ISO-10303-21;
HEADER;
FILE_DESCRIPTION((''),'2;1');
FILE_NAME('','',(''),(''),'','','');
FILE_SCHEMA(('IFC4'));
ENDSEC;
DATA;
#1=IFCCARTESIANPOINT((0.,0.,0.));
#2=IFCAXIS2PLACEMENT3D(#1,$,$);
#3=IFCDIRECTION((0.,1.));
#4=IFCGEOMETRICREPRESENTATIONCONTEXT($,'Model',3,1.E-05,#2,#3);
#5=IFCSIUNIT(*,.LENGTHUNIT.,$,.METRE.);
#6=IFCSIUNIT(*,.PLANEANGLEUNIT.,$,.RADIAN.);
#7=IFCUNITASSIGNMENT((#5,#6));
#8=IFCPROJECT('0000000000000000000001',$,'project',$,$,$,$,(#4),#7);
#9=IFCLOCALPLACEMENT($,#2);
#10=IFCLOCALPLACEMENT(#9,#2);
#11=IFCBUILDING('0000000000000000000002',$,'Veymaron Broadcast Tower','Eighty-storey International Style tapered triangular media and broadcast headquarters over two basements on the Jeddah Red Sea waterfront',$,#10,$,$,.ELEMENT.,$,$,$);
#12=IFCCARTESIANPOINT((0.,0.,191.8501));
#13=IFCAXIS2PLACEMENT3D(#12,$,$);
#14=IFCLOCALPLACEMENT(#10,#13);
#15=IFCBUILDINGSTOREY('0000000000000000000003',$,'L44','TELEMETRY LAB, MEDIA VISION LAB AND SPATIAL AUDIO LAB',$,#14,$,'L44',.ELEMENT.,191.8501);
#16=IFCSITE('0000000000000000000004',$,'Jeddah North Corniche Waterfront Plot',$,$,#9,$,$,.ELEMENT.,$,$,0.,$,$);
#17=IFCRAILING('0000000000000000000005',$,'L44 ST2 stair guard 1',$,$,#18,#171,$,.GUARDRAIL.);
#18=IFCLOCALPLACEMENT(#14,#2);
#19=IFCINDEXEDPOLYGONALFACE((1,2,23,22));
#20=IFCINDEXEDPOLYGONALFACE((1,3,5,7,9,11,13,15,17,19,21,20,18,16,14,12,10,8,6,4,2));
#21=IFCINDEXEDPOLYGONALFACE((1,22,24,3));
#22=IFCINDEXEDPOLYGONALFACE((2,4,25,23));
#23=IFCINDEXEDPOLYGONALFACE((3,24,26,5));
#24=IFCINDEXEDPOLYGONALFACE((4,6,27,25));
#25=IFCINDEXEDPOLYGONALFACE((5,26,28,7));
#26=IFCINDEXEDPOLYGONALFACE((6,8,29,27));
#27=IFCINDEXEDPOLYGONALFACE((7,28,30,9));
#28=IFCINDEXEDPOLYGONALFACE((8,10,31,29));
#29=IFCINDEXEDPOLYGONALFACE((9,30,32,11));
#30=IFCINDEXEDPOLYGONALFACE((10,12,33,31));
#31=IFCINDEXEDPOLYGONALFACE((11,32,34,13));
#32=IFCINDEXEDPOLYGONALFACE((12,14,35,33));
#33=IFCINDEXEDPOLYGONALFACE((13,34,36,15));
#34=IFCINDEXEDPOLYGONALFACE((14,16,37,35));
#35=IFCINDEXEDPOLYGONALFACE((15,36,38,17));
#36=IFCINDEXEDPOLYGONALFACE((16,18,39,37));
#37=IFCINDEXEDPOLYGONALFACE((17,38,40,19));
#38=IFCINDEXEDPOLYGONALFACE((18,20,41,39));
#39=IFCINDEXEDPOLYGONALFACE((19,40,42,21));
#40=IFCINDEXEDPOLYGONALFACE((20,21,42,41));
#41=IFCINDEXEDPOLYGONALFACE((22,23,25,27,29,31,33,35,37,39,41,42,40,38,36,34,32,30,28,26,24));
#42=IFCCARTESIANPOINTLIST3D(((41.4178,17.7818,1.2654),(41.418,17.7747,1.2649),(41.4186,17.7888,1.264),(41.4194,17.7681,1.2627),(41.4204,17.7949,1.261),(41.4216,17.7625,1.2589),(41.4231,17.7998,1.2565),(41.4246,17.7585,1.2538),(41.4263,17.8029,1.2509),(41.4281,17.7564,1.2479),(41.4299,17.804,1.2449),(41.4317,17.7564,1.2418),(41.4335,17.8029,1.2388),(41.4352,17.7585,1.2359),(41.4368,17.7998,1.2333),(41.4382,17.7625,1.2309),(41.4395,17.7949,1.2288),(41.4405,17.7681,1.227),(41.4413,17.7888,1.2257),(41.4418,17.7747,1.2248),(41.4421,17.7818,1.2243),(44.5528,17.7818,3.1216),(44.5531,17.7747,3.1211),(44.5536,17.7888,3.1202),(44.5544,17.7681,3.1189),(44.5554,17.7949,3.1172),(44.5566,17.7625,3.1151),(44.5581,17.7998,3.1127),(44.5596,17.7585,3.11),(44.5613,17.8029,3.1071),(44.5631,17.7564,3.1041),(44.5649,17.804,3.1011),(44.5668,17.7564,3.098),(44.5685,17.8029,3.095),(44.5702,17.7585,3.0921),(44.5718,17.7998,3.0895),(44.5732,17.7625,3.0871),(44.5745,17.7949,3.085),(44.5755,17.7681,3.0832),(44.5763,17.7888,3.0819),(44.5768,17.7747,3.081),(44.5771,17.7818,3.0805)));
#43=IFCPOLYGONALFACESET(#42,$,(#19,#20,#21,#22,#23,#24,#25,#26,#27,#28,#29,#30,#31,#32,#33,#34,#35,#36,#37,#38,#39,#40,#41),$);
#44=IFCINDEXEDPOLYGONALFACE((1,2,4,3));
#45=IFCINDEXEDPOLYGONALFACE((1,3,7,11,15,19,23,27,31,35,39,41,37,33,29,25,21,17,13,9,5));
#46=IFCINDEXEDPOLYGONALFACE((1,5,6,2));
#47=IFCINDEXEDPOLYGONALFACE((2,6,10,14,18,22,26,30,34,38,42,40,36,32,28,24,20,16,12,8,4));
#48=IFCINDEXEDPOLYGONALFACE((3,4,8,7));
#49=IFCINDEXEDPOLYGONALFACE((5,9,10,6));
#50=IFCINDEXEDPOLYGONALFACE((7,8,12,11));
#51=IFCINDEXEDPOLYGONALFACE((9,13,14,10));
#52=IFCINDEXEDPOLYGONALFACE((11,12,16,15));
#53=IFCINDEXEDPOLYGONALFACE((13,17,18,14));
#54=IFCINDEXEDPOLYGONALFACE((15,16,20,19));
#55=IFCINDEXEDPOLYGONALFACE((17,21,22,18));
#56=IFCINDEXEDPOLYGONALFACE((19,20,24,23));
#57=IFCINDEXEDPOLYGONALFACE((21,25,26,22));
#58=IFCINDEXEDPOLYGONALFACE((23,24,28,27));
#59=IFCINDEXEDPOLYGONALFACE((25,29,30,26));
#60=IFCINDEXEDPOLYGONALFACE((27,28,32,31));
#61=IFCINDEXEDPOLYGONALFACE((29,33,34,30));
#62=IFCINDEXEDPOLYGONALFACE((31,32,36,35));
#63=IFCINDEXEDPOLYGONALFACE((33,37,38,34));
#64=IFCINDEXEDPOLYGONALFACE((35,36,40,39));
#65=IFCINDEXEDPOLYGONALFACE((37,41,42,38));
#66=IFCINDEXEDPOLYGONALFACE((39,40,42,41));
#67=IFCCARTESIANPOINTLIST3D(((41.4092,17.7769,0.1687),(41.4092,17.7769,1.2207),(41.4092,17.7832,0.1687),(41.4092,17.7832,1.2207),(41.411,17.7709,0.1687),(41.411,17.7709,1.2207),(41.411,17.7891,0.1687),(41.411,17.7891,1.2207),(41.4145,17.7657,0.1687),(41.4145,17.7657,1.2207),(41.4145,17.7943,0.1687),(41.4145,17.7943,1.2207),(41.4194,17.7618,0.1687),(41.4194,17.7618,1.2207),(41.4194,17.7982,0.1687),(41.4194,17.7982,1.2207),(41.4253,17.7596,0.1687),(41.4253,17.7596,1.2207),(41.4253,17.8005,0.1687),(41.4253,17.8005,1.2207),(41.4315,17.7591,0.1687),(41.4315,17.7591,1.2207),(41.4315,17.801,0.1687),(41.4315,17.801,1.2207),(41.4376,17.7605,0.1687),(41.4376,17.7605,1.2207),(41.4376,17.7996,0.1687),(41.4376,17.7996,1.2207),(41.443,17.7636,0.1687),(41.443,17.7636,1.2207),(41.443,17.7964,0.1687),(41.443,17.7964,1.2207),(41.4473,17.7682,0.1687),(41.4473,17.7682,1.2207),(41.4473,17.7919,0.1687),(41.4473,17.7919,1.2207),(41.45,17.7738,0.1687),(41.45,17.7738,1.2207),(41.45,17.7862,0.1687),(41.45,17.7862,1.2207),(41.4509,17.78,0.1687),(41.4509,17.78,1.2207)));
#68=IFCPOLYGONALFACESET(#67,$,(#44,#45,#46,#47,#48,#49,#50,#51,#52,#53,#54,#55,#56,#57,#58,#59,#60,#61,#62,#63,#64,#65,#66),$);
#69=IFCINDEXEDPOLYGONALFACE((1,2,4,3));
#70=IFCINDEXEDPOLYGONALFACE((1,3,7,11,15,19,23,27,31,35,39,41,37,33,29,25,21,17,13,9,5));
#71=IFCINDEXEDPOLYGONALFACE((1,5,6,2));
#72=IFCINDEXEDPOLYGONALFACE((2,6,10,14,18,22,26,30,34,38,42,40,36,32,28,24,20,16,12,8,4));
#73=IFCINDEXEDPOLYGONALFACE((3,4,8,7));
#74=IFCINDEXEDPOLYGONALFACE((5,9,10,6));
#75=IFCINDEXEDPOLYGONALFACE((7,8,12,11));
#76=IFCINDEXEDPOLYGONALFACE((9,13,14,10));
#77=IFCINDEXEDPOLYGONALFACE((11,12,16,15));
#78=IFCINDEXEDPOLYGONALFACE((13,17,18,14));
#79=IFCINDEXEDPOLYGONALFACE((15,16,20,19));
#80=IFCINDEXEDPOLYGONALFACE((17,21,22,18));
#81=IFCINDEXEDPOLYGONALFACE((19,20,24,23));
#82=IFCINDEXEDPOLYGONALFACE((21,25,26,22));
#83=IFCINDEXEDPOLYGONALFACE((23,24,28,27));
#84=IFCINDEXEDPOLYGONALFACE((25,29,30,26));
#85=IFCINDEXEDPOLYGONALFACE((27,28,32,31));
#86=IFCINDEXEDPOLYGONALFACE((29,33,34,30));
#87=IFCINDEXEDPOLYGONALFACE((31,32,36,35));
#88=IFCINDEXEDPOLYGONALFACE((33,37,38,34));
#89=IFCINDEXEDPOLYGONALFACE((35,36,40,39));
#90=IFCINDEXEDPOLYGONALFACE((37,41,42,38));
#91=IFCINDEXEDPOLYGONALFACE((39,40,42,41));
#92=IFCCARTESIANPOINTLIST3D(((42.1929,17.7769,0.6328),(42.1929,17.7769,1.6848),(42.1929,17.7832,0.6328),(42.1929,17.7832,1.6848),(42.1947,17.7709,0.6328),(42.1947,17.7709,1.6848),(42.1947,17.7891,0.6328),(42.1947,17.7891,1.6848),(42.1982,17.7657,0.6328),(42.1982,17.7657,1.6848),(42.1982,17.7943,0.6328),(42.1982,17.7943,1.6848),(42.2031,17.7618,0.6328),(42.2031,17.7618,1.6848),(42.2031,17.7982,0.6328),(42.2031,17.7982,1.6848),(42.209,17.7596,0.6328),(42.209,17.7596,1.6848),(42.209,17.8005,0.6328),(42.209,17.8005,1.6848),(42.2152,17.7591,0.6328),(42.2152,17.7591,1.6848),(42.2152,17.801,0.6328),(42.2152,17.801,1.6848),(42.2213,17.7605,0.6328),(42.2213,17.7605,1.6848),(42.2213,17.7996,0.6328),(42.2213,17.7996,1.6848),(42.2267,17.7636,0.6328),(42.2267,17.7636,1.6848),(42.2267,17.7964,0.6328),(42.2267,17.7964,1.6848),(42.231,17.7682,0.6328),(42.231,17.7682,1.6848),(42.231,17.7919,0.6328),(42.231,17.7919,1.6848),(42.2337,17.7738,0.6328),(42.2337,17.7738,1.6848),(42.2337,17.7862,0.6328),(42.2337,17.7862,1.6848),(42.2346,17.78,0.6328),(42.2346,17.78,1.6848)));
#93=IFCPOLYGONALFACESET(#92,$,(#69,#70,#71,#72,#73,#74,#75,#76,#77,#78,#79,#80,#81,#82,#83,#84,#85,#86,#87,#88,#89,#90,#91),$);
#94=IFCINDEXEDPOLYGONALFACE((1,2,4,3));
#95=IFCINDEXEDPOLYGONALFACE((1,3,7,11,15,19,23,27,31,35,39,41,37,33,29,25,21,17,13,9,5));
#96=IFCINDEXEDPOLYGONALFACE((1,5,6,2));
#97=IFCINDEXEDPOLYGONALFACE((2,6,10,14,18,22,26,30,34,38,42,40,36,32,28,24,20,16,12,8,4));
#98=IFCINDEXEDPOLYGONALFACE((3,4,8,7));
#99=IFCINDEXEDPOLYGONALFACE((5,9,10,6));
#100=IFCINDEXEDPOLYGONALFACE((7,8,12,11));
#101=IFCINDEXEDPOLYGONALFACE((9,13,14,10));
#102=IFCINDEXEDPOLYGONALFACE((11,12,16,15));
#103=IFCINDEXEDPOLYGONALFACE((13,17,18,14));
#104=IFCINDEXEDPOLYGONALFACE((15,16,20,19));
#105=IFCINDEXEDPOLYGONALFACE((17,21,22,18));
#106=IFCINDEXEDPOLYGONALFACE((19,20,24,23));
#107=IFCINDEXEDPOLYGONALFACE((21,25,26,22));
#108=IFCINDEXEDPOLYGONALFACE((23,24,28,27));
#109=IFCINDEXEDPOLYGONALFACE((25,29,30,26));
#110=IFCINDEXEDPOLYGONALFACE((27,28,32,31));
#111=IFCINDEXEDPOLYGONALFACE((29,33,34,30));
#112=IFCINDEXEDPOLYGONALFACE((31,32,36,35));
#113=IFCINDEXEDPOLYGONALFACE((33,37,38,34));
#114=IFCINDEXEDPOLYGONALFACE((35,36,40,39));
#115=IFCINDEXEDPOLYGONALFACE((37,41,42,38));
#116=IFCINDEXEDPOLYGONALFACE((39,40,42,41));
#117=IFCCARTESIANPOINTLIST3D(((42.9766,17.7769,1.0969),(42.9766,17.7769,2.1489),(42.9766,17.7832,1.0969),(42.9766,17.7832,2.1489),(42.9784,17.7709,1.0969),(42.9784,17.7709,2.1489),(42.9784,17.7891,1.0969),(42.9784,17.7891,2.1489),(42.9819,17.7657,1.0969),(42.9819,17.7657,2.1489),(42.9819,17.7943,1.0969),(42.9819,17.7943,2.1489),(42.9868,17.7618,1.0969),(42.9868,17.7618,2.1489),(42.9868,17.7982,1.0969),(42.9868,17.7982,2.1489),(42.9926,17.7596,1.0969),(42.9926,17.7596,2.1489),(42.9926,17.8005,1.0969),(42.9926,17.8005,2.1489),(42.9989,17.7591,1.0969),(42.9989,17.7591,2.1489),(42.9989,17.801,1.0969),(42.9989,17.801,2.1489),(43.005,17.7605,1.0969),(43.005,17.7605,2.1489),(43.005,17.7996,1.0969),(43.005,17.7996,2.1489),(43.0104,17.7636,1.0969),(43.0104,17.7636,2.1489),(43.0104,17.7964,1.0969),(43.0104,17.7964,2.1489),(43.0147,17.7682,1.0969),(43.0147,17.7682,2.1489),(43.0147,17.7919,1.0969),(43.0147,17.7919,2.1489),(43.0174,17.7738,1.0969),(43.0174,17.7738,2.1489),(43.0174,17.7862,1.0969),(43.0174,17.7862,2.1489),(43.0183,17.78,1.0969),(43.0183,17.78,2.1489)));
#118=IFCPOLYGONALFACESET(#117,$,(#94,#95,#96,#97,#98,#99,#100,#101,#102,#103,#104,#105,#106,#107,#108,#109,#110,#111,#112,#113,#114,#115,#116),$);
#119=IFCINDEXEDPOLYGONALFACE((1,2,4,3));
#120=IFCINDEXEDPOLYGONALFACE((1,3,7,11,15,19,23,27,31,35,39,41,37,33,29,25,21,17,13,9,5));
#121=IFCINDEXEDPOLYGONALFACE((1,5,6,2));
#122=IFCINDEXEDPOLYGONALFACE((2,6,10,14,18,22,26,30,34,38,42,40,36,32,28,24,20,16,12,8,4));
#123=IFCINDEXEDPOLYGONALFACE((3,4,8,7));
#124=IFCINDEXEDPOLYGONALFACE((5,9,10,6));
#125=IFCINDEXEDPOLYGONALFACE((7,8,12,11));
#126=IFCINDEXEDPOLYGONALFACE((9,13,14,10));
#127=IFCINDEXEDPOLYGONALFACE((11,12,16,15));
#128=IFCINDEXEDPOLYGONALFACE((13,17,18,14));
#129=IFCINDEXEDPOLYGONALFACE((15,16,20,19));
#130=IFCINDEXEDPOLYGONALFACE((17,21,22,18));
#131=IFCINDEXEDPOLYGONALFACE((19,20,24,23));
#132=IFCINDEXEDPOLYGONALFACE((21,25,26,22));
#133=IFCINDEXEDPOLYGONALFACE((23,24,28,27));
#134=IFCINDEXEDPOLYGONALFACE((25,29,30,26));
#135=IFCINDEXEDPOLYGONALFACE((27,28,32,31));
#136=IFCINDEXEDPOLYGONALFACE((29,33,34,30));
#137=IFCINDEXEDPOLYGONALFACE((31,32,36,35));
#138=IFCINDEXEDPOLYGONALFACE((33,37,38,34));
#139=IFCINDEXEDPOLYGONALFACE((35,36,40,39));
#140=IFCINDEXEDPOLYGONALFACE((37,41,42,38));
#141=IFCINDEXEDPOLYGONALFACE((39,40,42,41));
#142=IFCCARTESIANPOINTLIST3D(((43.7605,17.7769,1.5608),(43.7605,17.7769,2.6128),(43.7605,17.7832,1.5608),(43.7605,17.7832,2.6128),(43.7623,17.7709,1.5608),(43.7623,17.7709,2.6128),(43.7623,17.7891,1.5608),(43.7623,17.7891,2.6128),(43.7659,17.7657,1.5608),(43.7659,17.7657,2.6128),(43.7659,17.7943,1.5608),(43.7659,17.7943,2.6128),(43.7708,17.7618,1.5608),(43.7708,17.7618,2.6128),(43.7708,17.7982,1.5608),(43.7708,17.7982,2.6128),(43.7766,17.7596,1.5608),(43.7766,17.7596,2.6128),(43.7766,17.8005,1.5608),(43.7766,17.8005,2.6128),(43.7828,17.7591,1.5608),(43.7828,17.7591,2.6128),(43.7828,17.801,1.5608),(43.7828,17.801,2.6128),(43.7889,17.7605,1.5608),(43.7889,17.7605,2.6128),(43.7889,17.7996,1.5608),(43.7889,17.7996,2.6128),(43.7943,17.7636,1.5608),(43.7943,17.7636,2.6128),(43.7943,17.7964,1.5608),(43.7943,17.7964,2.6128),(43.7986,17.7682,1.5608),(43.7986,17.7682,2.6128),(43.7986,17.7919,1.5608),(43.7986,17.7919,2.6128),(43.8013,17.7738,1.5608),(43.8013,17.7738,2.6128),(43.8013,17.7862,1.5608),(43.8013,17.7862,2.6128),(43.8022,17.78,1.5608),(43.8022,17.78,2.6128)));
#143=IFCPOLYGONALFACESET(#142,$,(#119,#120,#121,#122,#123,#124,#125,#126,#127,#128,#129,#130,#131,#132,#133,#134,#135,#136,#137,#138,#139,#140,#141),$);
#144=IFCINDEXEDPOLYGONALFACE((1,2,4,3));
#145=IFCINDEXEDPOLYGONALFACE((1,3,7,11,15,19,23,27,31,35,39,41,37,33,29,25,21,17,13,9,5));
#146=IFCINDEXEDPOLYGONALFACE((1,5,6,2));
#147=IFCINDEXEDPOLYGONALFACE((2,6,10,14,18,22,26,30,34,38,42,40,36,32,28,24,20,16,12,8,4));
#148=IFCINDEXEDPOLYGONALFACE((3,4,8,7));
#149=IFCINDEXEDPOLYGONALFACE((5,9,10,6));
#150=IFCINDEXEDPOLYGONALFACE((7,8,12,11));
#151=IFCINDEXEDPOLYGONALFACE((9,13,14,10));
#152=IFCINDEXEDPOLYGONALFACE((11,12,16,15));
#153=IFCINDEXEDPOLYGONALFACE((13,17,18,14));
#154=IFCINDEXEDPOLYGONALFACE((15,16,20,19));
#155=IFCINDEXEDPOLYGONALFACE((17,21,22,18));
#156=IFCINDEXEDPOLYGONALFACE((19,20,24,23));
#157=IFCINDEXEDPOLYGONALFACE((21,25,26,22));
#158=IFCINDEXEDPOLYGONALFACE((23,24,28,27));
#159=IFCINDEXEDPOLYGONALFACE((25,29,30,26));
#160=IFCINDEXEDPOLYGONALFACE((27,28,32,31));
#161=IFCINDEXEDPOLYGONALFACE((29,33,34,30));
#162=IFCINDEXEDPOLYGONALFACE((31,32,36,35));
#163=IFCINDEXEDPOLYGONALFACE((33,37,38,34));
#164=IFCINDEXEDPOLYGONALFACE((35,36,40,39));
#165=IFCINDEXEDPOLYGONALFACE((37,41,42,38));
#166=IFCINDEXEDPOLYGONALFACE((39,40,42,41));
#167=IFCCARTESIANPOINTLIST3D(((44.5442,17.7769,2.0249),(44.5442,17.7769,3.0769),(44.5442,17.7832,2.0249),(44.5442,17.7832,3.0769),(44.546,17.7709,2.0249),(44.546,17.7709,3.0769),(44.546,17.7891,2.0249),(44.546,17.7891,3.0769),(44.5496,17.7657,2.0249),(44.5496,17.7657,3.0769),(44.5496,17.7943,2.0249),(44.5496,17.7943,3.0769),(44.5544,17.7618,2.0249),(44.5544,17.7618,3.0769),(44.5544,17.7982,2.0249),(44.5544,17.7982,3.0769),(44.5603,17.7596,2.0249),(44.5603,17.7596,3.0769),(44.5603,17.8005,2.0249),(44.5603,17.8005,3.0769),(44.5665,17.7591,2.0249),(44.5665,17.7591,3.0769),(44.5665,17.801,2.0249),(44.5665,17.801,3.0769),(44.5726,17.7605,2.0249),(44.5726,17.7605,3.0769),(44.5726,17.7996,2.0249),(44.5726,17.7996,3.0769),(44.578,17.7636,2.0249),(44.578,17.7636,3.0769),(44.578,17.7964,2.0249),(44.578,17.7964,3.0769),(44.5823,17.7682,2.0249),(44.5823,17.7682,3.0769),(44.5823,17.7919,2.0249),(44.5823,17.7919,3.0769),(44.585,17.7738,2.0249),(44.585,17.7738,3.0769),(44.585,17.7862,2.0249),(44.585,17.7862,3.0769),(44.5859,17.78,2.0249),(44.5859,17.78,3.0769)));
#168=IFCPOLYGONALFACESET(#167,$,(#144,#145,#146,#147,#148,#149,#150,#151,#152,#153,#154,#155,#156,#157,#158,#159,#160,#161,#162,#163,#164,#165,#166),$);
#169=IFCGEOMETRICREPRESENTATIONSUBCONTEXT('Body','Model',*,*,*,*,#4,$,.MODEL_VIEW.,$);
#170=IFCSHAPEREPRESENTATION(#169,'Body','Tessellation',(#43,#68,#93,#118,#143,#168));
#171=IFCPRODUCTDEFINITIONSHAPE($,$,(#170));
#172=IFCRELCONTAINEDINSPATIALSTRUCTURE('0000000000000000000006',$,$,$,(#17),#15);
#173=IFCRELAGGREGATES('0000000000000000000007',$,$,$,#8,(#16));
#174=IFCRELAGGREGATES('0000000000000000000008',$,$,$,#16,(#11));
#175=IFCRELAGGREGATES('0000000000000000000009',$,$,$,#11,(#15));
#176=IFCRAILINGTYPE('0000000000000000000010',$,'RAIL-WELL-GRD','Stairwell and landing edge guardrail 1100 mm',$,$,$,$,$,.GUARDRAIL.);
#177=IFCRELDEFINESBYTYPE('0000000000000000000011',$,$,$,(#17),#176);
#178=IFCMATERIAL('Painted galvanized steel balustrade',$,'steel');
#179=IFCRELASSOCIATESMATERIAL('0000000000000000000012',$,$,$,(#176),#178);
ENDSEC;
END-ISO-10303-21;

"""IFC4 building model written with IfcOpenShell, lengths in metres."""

from ifc_helpers import new_model, si_unit, direction, frame, origin, origin_2d, place, context, subcontext, project, spatial, circle, extrude, material, type_object, element, save


model = new_model("IFC4")

# Units and contexts
model_context = context("Model", 3, precision=1e-05, world=origin(), true_north=direction((0.0, 1.0)))
body_context = subcontext(model_context, "Body", "Model", "MODEL_VIEW")
ifc_project = project(units=[si_unit("LENGTHUNIT", "METRE"), si_unit("PLANEANGLEUNIT", "RADIAN")], contexts=[model_context])

# Site, building, storey
site_placement = place(None, origin())
site = spatial("IfcSite", under=ifc_project, at=site_placement, Name="Jeddah North Corniche Waterfront Plot", CompositionType="ELEMENT", RefElevation=0.0)
building_placement = place(site_placement, origin())
building = spatial("IfcBuilding", under=site, at=building_placement, Name="Veymaron Broadcast Tower", Description="Eighty-storey International Style tapered triangular media and broadcast headquarters over two basements on the Jeddah Red Sea waterfront", CompositionType="ELEMENT")
storey_placement = place(building_placement, frame((0.0, 0.0, 191.8501)))
storey = spatial("IfcBuildingStorey", under=building, at=storey_placement, Name="L44", Description="TELEMETRY LAB, MEDIA VISION LAB AND SPATIAL AUDIO LAB", LongName="L44", CompositionType="ELEMENT", Elevation=191.8501)

# Railing
ifc_material_1 = material(Name="Painted galvanized steel balustrade", Category="steel")
railing_type_1 = type_object("IfcRailingType", Name="RAIL-WELL-GRD", Description="Stairwell and landing edge guardrail 1100 mm", PredefinedType="GUARDRAIL", material=ifc_material_1)
railing_1_placement = place(storey_placement, frame((41.4299, 17.78, 0.1687)))
element("IfcRailing", 1, at=railing_1_placement, inside=storey, type_object=railing_type_1, Name="L44 ST2 stair guard 1", PredefinedType="GUARDRAIL", context=body_context, shape_type="SweptSolid", body=[
    extrude(circle(Radius=0.0239, at=origin_2d()), frame((0.0, 0.0, 1.0762), z_axis=(0.860482, 0.0, 0.509481), x_axis=(0.0, 1.0, 0.0)), (0.0, 0.0, 1.0), 3.6433),
    extrude(circle(Radius=0.021, at=origin_2d()), origin(), (0.0, 0.0, 1.0), 1.052),
    extrude(circle(Radius=0.021, at=origin_2d()), frame((0.7837, 0.0, 0.4641)), (0.0, 0.0, 1.0), 1.052),
    extrude(circle(Radius=0.021, at=origin_2d()), frame((1.5674, 0.0, 0.9282)), (0.0, 0.0, 1.0), 1.052),
    extrude(circle(Radius=0.021, at=origin_2d()), frame((2.3513, 0.0, 1.3921)), (0.0, 0.0, 1.0), 1.052),
    extrude(circle(Radius=0.021, at=origin_2d()), frame((3.135, 0.0, 1.8562)), (0.0, 0.0, 1.0), 1.052),
])

save(model, "model.ifc")
